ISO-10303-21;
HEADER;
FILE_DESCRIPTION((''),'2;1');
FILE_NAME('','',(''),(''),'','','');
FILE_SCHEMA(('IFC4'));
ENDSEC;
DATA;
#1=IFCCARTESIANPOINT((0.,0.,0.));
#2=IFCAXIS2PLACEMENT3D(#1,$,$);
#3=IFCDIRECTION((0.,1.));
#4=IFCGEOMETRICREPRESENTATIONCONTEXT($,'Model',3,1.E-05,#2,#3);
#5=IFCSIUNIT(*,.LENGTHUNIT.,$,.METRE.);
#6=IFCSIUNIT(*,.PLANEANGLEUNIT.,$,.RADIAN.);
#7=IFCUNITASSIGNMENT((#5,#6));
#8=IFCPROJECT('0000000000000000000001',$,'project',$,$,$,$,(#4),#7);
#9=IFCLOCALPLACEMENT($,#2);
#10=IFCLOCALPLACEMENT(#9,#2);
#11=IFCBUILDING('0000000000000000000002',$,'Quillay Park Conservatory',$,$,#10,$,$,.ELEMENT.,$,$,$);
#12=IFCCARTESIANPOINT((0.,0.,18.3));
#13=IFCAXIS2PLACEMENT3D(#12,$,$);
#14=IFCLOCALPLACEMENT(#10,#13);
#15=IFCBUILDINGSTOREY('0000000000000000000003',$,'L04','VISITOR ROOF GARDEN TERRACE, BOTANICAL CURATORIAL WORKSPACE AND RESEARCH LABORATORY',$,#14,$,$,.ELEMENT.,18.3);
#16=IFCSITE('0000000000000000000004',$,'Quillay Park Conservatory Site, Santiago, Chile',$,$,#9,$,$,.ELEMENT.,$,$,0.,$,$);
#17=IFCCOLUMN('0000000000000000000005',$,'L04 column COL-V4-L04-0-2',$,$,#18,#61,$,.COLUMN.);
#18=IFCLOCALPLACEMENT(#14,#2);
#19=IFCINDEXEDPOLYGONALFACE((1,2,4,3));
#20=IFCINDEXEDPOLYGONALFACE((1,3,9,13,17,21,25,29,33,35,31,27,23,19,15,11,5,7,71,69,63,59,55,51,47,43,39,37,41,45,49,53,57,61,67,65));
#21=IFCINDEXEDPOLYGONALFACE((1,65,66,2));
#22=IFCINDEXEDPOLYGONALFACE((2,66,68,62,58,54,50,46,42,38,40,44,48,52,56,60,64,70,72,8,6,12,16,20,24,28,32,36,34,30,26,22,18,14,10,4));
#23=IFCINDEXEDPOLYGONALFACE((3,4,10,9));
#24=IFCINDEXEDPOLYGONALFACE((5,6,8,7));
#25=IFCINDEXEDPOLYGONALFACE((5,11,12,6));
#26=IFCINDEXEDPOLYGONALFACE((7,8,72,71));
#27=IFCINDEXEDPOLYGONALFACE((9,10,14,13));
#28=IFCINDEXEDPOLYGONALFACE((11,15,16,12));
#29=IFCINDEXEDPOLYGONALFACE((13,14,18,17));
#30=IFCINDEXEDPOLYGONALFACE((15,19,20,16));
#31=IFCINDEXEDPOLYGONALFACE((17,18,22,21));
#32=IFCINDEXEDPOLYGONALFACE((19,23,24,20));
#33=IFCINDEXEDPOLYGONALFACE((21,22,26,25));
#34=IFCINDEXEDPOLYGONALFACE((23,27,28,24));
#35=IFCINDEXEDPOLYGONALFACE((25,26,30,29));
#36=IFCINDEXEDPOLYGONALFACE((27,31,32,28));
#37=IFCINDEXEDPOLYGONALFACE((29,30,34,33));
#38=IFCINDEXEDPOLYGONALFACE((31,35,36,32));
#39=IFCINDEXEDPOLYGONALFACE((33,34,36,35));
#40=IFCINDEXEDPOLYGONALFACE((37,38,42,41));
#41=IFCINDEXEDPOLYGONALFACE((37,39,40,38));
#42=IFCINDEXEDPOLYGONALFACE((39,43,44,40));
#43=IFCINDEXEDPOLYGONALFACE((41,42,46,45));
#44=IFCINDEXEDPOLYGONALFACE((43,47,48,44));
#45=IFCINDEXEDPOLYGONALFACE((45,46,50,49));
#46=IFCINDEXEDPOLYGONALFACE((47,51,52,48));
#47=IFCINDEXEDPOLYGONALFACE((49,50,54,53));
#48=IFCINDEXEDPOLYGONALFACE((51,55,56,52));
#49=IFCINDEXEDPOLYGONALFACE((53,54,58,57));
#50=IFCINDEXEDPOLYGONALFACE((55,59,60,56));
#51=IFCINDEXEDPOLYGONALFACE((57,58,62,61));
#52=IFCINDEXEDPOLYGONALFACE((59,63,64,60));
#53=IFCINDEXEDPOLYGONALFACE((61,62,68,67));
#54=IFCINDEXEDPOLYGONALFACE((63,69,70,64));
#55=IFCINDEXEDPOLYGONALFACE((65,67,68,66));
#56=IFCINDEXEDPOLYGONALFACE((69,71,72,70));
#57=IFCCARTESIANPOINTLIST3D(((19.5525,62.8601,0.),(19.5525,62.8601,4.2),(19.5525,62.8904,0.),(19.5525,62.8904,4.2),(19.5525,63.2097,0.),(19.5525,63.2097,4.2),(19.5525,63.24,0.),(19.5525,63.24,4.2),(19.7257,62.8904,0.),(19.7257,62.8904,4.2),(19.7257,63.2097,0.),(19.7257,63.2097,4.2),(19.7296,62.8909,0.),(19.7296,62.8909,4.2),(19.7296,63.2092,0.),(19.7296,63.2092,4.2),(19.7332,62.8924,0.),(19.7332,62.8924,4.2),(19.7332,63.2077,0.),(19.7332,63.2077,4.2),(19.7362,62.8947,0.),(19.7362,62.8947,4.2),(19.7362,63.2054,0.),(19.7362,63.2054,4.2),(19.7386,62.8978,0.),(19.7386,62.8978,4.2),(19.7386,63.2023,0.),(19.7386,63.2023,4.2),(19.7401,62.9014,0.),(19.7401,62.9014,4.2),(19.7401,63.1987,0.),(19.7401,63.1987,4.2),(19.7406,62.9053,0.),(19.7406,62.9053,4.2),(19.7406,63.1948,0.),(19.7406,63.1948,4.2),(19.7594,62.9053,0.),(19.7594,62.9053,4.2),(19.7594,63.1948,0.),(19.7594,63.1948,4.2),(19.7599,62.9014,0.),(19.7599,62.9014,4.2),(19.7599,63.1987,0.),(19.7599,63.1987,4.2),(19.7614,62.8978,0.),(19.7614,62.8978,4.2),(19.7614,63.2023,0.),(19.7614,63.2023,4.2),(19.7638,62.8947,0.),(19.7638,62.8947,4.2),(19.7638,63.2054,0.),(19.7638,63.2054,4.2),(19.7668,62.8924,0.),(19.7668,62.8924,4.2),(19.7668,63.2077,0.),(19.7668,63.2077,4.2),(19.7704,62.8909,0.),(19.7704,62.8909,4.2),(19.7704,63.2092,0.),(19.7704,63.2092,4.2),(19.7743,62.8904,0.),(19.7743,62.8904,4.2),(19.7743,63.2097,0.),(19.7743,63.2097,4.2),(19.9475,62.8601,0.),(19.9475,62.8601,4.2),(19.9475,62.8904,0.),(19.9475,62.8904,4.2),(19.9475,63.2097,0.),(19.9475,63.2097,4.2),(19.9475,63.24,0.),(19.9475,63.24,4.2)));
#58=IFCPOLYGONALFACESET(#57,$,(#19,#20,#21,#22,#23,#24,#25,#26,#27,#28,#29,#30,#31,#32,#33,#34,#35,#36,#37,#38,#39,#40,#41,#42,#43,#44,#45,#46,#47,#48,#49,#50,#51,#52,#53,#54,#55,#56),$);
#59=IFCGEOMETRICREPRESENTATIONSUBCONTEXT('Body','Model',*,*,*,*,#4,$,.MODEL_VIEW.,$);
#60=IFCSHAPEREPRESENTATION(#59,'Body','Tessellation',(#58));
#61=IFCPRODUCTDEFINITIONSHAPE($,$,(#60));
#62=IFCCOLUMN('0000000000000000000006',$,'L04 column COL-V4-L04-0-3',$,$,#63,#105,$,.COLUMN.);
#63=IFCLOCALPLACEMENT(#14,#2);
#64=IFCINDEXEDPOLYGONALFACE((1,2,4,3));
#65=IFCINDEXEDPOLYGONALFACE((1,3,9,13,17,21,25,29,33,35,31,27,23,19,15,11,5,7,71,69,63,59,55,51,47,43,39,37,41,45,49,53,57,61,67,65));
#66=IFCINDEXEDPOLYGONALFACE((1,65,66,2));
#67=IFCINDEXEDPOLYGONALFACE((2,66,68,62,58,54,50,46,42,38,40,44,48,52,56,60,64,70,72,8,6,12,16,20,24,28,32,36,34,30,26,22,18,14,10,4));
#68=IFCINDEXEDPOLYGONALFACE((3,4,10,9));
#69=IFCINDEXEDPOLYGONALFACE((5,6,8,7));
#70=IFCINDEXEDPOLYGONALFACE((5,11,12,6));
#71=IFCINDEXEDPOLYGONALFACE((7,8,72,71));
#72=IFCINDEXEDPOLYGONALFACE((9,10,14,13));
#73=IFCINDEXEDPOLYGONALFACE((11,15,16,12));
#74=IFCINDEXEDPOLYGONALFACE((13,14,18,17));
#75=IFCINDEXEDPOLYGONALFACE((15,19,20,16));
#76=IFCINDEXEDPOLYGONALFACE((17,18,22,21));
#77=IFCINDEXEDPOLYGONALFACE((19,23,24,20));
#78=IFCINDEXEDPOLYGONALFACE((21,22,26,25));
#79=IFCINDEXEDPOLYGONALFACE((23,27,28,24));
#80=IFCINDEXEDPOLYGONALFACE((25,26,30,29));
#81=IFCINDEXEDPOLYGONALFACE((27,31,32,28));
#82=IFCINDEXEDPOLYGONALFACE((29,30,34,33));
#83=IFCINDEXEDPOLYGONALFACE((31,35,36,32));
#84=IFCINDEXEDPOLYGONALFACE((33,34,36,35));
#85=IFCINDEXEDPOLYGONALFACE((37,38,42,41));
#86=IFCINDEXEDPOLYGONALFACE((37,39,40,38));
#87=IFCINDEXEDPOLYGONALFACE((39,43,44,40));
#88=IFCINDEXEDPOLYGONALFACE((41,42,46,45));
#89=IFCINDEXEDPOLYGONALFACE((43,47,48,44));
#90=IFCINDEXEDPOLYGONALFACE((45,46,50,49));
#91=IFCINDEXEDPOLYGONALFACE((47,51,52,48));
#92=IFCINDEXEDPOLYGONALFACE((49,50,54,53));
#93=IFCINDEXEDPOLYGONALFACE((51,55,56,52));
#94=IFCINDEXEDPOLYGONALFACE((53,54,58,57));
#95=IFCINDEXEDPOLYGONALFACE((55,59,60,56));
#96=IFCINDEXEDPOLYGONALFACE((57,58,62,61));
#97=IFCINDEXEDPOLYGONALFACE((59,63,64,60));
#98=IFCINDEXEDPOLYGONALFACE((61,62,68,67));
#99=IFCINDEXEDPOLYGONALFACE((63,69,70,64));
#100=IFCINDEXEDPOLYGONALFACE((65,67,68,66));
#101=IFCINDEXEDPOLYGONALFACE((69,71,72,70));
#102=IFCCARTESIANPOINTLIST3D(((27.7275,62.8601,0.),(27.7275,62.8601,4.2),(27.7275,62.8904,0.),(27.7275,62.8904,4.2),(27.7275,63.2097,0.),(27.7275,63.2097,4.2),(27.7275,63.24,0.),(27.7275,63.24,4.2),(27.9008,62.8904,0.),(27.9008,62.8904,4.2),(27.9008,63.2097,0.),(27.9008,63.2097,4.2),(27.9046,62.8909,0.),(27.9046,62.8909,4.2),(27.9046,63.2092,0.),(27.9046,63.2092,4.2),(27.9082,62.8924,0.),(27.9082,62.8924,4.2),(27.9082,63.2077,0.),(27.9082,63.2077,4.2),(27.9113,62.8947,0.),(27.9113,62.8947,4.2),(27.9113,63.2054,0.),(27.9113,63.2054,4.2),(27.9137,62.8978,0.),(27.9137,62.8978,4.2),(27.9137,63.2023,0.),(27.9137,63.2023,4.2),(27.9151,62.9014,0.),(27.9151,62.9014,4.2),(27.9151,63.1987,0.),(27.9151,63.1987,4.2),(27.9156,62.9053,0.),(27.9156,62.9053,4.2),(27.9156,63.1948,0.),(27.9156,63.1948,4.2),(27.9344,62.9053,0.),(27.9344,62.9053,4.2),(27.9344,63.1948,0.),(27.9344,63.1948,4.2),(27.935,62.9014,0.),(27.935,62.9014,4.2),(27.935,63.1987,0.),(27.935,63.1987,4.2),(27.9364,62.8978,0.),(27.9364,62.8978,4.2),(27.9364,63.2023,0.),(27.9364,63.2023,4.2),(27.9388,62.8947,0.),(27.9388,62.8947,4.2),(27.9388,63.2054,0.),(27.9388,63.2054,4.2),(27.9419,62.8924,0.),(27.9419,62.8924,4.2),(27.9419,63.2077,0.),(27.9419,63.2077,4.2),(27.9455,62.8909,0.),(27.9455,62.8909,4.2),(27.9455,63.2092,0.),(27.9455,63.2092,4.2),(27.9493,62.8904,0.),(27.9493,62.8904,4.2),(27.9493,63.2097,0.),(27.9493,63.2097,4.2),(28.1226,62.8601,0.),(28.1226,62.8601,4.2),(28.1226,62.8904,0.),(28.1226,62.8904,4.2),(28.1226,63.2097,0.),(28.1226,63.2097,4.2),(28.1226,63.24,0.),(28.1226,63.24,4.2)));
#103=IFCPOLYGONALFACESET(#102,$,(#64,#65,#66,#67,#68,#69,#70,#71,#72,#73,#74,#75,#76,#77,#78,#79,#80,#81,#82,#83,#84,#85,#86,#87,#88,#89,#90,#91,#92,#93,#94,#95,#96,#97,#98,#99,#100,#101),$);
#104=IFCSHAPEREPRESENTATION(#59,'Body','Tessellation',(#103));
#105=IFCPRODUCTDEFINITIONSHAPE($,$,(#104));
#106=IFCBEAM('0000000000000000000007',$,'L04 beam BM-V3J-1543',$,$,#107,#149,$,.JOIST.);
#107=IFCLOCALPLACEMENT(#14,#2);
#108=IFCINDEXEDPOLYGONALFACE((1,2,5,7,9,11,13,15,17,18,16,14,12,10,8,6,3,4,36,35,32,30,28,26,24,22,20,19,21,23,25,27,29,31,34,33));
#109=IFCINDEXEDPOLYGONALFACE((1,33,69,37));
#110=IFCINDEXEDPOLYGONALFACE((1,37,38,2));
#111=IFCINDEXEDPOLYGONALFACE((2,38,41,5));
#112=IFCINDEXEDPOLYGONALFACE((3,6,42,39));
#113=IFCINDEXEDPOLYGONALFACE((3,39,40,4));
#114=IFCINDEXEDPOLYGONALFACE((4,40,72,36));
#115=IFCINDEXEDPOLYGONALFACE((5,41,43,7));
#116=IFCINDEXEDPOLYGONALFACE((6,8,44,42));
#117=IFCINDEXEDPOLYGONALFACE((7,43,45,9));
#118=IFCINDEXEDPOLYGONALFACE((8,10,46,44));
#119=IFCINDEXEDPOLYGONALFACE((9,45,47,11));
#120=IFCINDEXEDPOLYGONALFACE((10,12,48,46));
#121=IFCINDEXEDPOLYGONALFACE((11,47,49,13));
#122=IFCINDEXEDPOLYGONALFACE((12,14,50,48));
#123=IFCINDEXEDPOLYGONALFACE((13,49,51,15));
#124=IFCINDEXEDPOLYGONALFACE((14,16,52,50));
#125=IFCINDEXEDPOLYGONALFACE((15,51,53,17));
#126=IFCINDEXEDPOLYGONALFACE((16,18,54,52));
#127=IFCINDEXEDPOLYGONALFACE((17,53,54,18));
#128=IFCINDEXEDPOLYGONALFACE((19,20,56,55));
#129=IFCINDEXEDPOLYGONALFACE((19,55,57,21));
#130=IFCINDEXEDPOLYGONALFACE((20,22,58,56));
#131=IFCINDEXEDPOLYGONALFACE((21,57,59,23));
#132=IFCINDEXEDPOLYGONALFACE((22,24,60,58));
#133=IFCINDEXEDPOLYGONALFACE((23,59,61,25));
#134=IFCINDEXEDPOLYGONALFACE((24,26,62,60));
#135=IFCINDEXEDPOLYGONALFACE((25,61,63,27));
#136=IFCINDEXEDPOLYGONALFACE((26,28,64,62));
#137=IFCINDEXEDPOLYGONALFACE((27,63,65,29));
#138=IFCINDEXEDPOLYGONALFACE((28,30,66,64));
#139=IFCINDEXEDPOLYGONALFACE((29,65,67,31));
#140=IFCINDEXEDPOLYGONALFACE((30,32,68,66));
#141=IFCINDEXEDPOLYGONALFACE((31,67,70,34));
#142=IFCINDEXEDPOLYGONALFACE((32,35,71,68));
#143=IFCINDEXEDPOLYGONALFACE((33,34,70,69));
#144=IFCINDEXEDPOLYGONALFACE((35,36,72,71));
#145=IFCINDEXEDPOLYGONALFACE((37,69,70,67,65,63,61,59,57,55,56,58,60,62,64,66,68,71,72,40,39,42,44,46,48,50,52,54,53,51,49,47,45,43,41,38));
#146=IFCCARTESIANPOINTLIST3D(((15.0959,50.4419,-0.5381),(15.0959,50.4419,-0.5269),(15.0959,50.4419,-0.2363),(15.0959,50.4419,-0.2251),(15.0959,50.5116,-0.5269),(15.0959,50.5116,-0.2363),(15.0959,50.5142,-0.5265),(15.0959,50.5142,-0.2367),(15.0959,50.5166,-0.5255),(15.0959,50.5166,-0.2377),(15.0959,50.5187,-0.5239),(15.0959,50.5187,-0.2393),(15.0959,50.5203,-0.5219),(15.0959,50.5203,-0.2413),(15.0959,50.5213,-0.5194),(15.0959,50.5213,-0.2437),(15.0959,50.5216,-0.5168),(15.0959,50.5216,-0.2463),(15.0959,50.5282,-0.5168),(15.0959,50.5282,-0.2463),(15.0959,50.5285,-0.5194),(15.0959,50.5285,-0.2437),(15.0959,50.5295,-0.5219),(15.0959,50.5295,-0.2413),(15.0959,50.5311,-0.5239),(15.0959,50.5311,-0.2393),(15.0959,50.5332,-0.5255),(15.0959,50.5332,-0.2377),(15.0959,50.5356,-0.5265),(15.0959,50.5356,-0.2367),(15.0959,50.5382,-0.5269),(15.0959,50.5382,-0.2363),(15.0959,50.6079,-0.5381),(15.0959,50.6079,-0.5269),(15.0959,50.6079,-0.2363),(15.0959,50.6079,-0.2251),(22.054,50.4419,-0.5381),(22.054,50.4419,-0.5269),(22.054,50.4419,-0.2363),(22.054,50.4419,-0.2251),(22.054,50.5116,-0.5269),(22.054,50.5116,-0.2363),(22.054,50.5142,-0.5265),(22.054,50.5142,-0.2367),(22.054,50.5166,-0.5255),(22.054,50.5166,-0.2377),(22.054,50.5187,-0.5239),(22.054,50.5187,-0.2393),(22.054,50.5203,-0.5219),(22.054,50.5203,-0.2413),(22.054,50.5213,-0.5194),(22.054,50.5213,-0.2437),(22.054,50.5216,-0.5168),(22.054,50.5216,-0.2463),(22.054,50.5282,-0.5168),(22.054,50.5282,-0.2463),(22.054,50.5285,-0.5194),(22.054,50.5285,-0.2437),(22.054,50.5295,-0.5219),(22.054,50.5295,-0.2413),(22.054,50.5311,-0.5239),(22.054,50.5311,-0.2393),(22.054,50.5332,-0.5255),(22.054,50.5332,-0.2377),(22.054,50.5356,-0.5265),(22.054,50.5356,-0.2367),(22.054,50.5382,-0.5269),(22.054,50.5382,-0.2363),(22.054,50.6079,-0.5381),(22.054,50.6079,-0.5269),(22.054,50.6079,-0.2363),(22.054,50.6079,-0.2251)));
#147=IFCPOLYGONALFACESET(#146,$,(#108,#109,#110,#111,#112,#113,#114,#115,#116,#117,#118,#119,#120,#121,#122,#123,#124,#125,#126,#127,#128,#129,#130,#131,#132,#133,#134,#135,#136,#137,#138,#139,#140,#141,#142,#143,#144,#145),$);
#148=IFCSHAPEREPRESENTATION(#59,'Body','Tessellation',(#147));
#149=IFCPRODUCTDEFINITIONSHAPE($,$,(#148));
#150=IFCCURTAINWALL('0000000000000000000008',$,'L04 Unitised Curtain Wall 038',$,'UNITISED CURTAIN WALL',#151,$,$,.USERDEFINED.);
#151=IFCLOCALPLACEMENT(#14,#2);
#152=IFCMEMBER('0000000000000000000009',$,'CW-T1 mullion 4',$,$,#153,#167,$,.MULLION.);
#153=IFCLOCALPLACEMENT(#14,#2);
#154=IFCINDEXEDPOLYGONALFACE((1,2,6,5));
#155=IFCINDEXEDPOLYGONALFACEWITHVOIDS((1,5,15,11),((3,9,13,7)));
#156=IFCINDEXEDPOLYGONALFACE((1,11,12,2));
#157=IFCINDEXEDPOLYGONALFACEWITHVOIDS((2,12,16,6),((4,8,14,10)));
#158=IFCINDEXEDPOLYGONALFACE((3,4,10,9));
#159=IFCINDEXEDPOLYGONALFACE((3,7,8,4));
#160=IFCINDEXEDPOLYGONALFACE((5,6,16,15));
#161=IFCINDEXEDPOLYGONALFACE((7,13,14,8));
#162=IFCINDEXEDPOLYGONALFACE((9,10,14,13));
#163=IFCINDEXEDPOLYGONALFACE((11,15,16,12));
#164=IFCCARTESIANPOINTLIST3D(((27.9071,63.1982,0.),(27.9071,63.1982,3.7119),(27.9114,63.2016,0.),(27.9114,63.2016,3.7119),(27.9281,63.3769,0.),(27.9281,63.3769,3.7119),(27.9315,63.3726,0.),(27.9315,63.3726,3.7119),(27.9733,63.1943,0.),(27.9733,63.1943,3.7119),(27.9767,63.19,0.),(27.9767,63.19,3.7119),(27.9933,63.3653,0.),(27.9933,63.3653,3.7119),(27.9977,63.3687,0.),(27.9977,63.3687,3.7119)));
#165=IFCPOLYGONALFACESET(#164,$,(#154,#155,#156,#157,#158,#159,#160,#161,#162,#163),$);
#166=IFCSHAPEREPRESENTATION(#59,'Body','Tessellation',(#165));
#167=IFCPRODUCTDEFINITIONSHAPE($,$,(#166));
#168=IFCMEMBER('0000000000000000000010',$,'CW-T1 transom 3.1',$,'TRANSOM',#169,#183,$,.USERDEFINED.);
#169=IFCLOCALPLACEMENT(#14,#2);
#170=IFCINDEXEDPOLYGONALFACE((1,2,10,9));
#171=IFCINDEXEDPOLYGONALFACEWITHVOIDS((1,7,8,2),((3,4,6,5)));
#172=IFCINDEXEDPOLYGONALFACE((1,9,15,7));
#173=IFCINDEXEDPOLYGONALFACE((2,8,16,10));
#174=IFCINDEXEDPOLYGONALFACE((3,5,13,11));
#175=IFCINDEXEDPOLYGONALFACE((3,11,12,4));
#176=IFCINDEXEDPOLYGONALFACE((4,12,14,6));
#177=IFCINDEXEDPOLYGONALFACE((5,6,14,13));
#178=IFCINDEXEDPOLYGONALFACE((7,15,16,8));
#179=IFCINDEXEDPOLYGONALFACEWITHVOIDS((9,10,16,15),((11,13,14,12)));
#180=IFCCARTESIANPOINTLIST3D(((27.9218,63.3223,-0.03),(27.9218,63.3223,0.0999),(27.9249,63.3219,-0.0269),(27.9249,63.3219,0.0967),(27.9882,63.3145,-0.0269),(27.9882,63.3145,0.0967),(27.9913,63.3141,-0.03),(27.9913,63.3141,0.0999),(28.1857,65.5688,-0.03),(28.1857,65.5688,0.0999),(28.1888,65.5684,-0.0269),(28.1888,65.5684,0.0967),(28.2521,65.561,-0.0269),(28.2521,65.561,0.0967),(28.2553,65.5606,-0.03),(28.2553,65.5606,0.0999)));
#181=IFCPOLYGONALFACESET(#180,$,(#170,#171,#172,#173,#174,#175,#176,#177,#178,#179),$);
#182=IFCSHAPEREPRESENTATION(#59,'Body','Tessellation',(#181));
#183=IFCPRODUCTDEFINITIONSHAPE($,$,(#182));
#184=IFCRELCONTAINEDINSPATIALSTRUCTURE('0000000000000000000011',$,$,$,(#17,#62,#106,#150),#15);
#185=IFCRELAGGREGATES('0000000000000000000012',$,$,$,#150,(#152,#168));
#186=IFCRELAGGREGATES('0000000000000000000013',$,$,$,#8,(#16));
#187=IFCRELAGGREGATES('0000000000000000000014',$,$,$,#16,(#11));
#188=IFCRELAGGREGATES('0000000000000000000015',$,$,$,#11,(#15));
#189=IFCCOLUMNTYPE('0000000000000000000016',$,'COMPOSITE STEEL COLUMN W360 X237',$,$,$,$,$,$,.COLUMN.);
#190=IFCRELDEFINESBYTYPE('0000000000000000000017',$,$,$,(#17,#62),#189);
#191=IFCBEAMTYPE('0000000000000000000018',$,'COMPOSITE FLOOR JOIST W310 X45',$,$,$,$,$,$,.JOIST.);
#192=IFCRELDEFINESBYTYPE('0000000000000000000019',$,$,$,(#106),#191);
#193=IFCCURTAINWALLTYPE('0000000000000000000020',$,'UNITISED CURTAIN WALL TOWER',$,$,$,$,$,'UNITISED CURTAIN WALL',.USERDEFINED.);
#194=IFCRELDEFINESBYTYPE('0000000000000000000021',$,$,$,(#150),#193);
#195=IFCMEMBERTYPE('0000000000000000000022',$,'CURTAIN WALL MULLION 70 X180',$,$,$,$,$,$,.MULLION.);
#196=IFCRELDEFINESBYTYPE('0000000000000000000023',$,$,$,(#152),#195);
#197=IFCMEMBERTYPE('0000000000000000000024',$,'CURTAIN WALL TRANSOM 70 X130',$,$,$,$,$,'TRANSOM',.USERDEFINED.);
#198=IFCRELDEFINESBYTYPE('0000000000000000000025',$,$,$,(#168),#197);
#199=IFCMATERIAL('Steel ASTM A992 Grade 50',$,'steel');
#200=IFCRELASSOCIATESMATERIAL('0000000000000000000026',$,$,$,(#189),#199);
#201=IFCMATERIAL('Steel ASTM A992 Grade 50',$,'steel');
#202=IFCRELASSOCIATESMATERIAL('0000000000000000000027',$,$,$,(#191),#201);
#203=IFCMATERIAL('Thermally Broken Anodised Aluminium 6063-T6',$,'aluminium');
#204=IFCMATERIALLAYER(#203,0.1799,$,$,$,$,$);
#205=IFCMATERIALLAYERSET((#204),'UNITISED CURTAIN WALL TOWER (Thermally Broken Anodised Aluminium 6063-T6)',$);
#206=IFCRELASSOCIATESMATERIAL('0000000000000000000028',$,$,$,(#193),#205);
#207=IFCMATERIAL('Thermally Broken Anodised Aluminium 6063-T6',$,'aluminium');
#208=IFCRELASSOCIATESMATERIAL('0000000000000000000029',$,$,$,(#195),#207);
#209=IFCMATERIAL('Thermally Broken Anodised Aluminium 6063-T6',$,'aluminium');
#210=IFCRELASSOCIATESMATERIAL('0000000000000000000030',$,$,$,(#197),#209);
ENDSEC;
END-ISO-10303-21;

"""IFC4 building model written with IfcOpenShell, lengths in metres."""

from ifc_helpers import new_model, si_unit, direction, frame, origin, origin_2d, place, context, subcontext, project, spatial, hollow_rectangle, i_section, extrude, material, layer, layer_set, material_profile, profile_set, type_object, element, aggregate, save


model = new_model("IFC4")

# Units and contexts
model_context = context("Model", 3, precision=1e-05, world=origin(), true_north=direction((0.0, 1.0)))
body_context = subcontext(model_context, "Body", "Model", "MODEL_VIEW")
ifc_project = project(units=[si_unit("LENGTHUNIT", "METRE"), si_unit("PLANEANGLEUNIT", "RADIAN")], contexts=[model_context])

# Site, building, storey
site_placement = place(None, origin())
site = spatial("IfcSite", under=ifc_project, at=site_placement, Name="Quillay Park Conservatory Site, Santiago, Chile", CompositionType="ELEMENT", RefElevation=0.0)
building_placement = place(site_placement, origin())
building = spatial("IfcBuilding", under=site, at=building_placement, Name="Quillay Park Conservatory", CompositionType="ELEMENT")
storey_placement = place(building_placement, frame((0.0, 0.0, 18.3)))
storey = spatial("IfcBuildingStorey", under=building, at=storey_placement, Name="L04", Description="VISITOR ROOF GARDEN TERRACE, BOTANICAL CURATORIAL WORKSPACE AND RESEARCH LABORATORY", CompositionType="ELEMENT", Elevation=18.3)

# Columns
ifc_material_1 = material(Name="Steel ASTM A992 Grade 50", Category="steel")
ifc_material_profile_1 = material_profile(ifc_material_1, i_section(OverallWidth=0.395, OverallDepth=0.3799, WebThickness=0.0188, FlangeThickness=0.0303, FilletRadius=0.0149, at=origin_2d()), Name="W360x237")
ifc_profile_set_1 = profile_set([ifc_material_profile_1], Name="Steel ASTM A992 Grade 50")
column_type = type_object("IfcColumnType", Name="COMPOSITE STEEL COLUMN W360 X237", PredefinedType="COLUMN", material=ifc_profile_set_1)
for number, where, z_axis, x_axis, name in (
    (1, (19.75, 63.05, 0.0), (0.0, 0.0, 1.0), (1.0, 0.0, 0.0), "L04 column COL-V4-L04-0-2"),
    (2, (27.925, 63.05, 0.0), (0.0, 0.0, 1.0), (1.0, 0.0, 0.0), "L04 column COL-V4-L04-0-3"),
):
    element("IfcColumn", number, at=place(storey_placement, frame(where, z_axis=z_axis, x_axis=x_axis)), inside=storey, type_object=column_type, Name=name, PredefinedType="COLUMN", context=body_context, shape_type="SweptSolid", body=[
        extrude(i_section(OverallWidth=0.395, OverallDepth=0.3799, WebThickness=0.0188, FlangeThickness=0.0303, FilletRadius=0.0149, at=origin_2d()), origin(), (0.0, 0.0, 1.0), 4.2),
    ])

# Beam
ifc_material_2 = material(Name="Steel ASTM A992 Grade 50", Category="steel")
ifc_material_profile_2 = material_profile(ifc_material_2, i_section(OverallWidth=0.166, OverallDepth=0.313, WebThickness=0.0066, FlangeThickness=0.0112, FilletRadius=0.01, at=origin_2d()), Name="W310x45")
ifc_profile_set_2 = profile_set([ifc_material_profile_2], Name="Steel ASTM A992 Grade 50")
beam_type_1 = type_object("IfcBeamType", Name="COMPOSITE FLOOR JOIST W310 X45", PredefinedType="JOIST", material=ifc_profile_set_2)
beam_1_placement = place(storey_placement, frame((15.0959, 50.5249, -0.3816), z_axis=(1.0, 0.0, 0.0), x_axis=(0.0, 1.0, 0.0)))
element("IfcBeam", 3, at=beam_1_placement, inside=storey, type_object=beam_type_1, Name="L04 beam BM-V3J-1543", PredefinedType="JOIST", context=body_context, shape_type="SweptSolid", body=[
    extrude(i_section(OverallWidth=0.166, OverallDepth=0.313, WebThickness=0.0066, FlangeThickness=0.0112, FilletRadius=0.01, at=origin_2d()), origin(), (0.0, 0.0, 1.0), 6.958),
])

# Curtain wall, members
ifc_material_3 = material(Name="Thermally Broken Anodised Aluminium 6063-T6", Category="aluminium")
ifc_layer_1 = layer(ifc_material_3, 0.1799)
ifc_layer_set_1 = layer_set([ifc_layer_1], Name="UNITISED CURTAIN WALL TOWER (Thermally Broken Anodised Aluminium 6063-T6)")
curtain_wall_type = type_object("IfcCurtainWallType", Name="UNITISED CURTAIN WALL TOWER", ElementType="UNITISED CURTAIN WALL", PredefinedType="USERDEFINED", material=ifc_layer_set_1)
curtain_wall_placement = place(storey_placement, origin())
curtain_wall = element("IfcCurtainWall", 4, at=curtain_wall_placement, inside=storey, type_object=curtain_wall_type, Name="L04 Unitised Curtain Wall 038", ObjectType="UNITISED CURTAIN WALL", PredefinedType="USERDEFINED")
ifc_material_4 = material(Name="Thermally Broken Anodised Aluminium 6063-T6", Category="aluminium")
ifc_material_profile_3 = material_profile(ifc_material_4, hollow_rectangle(XDim=0.0701, YDim=0.1799, WallThickness=0.0039, at=origin_2d()), Name="AL70x180x4")
ifc_profile_set_3 = profile_set([ifc_material_profile_3], Name="Thermally Broken Anodised Aluminium 6063-T6")
member_type_1 = type_object("IfcMemberType", Name="CURTAIN WALL MULLION 70 X180", PredefinedType="MULLION", material=ifc_profile_set_3)
member_1_placement = place(storey_placement, frame((27.9524, 63.2834, 0.0), z_axis=(0.0, 0.0, 1.0), x_axis=(0.993173, -0.116655, 0.0)))
member_1 = element("IfcMember", 5, at=member_1_placement, type_object=member_type_1, Name="CW-T1 mullion 4", PredefinedType="MULLION", context=body_context, shape_type="SweptSolid", body=[
    extrude(hollow_rectangle(XDim=0.0701, YDim=0.1799, WallThickness=0.0039, at=origin_2d()), origin(), (0.0, 0.0, 1.0), 3.7119),
])
ifc_material_5 = material(Name="Thermally Broken Anodised Aluminium 6063-T6", Category="aluminium")
ifc_material_profile_4 = material_profile(ifc_material_5, hollow_rectangle(XDim=0.0701, YDim=0.1299, WallThickness=0.0032, at=origin_2d()), Name="AL70x130x3.2")
ifc_profile_set_4 = profile_set([ifc_material_profile_4], Name="Thermally Broken Anodised Aluminium 6063-T6")
member_type_2 = type_object("IfcMemberType", Name="CURTAIN WALL TRANSOM 70 X130", ElementType="TRANSOM", PredefinedType="USERDEFINED", material=ifc_profile_set_4)
member_2_placement = place(storey_placement, frame((28.2205, 65.5647, 0.0349), z_axis=(-0.116672, -0.99317, 0.0), x_axis=(0.99317, -0.116672, 0.0)))
member_2 = element("IfcMember", 6, at=member_2_placement, type_object=member_type_2, Name="CW-T1 transom 3.1", ObjectType="TRANSOM", PredefinedType="USERDEFINED", context=body_context, shape_type="SweptSolid", body=[
    extrude(hollow_rectangle(XDim=0.0701, YDim=0.1299, WallThickness=0.0032, at=origin_2d()), origin(), (0.0, 0.0, 1.0), 2.262),
])

aggregate(curtain_wall, [member_1, member_2])

save(model, "model.ifc")
